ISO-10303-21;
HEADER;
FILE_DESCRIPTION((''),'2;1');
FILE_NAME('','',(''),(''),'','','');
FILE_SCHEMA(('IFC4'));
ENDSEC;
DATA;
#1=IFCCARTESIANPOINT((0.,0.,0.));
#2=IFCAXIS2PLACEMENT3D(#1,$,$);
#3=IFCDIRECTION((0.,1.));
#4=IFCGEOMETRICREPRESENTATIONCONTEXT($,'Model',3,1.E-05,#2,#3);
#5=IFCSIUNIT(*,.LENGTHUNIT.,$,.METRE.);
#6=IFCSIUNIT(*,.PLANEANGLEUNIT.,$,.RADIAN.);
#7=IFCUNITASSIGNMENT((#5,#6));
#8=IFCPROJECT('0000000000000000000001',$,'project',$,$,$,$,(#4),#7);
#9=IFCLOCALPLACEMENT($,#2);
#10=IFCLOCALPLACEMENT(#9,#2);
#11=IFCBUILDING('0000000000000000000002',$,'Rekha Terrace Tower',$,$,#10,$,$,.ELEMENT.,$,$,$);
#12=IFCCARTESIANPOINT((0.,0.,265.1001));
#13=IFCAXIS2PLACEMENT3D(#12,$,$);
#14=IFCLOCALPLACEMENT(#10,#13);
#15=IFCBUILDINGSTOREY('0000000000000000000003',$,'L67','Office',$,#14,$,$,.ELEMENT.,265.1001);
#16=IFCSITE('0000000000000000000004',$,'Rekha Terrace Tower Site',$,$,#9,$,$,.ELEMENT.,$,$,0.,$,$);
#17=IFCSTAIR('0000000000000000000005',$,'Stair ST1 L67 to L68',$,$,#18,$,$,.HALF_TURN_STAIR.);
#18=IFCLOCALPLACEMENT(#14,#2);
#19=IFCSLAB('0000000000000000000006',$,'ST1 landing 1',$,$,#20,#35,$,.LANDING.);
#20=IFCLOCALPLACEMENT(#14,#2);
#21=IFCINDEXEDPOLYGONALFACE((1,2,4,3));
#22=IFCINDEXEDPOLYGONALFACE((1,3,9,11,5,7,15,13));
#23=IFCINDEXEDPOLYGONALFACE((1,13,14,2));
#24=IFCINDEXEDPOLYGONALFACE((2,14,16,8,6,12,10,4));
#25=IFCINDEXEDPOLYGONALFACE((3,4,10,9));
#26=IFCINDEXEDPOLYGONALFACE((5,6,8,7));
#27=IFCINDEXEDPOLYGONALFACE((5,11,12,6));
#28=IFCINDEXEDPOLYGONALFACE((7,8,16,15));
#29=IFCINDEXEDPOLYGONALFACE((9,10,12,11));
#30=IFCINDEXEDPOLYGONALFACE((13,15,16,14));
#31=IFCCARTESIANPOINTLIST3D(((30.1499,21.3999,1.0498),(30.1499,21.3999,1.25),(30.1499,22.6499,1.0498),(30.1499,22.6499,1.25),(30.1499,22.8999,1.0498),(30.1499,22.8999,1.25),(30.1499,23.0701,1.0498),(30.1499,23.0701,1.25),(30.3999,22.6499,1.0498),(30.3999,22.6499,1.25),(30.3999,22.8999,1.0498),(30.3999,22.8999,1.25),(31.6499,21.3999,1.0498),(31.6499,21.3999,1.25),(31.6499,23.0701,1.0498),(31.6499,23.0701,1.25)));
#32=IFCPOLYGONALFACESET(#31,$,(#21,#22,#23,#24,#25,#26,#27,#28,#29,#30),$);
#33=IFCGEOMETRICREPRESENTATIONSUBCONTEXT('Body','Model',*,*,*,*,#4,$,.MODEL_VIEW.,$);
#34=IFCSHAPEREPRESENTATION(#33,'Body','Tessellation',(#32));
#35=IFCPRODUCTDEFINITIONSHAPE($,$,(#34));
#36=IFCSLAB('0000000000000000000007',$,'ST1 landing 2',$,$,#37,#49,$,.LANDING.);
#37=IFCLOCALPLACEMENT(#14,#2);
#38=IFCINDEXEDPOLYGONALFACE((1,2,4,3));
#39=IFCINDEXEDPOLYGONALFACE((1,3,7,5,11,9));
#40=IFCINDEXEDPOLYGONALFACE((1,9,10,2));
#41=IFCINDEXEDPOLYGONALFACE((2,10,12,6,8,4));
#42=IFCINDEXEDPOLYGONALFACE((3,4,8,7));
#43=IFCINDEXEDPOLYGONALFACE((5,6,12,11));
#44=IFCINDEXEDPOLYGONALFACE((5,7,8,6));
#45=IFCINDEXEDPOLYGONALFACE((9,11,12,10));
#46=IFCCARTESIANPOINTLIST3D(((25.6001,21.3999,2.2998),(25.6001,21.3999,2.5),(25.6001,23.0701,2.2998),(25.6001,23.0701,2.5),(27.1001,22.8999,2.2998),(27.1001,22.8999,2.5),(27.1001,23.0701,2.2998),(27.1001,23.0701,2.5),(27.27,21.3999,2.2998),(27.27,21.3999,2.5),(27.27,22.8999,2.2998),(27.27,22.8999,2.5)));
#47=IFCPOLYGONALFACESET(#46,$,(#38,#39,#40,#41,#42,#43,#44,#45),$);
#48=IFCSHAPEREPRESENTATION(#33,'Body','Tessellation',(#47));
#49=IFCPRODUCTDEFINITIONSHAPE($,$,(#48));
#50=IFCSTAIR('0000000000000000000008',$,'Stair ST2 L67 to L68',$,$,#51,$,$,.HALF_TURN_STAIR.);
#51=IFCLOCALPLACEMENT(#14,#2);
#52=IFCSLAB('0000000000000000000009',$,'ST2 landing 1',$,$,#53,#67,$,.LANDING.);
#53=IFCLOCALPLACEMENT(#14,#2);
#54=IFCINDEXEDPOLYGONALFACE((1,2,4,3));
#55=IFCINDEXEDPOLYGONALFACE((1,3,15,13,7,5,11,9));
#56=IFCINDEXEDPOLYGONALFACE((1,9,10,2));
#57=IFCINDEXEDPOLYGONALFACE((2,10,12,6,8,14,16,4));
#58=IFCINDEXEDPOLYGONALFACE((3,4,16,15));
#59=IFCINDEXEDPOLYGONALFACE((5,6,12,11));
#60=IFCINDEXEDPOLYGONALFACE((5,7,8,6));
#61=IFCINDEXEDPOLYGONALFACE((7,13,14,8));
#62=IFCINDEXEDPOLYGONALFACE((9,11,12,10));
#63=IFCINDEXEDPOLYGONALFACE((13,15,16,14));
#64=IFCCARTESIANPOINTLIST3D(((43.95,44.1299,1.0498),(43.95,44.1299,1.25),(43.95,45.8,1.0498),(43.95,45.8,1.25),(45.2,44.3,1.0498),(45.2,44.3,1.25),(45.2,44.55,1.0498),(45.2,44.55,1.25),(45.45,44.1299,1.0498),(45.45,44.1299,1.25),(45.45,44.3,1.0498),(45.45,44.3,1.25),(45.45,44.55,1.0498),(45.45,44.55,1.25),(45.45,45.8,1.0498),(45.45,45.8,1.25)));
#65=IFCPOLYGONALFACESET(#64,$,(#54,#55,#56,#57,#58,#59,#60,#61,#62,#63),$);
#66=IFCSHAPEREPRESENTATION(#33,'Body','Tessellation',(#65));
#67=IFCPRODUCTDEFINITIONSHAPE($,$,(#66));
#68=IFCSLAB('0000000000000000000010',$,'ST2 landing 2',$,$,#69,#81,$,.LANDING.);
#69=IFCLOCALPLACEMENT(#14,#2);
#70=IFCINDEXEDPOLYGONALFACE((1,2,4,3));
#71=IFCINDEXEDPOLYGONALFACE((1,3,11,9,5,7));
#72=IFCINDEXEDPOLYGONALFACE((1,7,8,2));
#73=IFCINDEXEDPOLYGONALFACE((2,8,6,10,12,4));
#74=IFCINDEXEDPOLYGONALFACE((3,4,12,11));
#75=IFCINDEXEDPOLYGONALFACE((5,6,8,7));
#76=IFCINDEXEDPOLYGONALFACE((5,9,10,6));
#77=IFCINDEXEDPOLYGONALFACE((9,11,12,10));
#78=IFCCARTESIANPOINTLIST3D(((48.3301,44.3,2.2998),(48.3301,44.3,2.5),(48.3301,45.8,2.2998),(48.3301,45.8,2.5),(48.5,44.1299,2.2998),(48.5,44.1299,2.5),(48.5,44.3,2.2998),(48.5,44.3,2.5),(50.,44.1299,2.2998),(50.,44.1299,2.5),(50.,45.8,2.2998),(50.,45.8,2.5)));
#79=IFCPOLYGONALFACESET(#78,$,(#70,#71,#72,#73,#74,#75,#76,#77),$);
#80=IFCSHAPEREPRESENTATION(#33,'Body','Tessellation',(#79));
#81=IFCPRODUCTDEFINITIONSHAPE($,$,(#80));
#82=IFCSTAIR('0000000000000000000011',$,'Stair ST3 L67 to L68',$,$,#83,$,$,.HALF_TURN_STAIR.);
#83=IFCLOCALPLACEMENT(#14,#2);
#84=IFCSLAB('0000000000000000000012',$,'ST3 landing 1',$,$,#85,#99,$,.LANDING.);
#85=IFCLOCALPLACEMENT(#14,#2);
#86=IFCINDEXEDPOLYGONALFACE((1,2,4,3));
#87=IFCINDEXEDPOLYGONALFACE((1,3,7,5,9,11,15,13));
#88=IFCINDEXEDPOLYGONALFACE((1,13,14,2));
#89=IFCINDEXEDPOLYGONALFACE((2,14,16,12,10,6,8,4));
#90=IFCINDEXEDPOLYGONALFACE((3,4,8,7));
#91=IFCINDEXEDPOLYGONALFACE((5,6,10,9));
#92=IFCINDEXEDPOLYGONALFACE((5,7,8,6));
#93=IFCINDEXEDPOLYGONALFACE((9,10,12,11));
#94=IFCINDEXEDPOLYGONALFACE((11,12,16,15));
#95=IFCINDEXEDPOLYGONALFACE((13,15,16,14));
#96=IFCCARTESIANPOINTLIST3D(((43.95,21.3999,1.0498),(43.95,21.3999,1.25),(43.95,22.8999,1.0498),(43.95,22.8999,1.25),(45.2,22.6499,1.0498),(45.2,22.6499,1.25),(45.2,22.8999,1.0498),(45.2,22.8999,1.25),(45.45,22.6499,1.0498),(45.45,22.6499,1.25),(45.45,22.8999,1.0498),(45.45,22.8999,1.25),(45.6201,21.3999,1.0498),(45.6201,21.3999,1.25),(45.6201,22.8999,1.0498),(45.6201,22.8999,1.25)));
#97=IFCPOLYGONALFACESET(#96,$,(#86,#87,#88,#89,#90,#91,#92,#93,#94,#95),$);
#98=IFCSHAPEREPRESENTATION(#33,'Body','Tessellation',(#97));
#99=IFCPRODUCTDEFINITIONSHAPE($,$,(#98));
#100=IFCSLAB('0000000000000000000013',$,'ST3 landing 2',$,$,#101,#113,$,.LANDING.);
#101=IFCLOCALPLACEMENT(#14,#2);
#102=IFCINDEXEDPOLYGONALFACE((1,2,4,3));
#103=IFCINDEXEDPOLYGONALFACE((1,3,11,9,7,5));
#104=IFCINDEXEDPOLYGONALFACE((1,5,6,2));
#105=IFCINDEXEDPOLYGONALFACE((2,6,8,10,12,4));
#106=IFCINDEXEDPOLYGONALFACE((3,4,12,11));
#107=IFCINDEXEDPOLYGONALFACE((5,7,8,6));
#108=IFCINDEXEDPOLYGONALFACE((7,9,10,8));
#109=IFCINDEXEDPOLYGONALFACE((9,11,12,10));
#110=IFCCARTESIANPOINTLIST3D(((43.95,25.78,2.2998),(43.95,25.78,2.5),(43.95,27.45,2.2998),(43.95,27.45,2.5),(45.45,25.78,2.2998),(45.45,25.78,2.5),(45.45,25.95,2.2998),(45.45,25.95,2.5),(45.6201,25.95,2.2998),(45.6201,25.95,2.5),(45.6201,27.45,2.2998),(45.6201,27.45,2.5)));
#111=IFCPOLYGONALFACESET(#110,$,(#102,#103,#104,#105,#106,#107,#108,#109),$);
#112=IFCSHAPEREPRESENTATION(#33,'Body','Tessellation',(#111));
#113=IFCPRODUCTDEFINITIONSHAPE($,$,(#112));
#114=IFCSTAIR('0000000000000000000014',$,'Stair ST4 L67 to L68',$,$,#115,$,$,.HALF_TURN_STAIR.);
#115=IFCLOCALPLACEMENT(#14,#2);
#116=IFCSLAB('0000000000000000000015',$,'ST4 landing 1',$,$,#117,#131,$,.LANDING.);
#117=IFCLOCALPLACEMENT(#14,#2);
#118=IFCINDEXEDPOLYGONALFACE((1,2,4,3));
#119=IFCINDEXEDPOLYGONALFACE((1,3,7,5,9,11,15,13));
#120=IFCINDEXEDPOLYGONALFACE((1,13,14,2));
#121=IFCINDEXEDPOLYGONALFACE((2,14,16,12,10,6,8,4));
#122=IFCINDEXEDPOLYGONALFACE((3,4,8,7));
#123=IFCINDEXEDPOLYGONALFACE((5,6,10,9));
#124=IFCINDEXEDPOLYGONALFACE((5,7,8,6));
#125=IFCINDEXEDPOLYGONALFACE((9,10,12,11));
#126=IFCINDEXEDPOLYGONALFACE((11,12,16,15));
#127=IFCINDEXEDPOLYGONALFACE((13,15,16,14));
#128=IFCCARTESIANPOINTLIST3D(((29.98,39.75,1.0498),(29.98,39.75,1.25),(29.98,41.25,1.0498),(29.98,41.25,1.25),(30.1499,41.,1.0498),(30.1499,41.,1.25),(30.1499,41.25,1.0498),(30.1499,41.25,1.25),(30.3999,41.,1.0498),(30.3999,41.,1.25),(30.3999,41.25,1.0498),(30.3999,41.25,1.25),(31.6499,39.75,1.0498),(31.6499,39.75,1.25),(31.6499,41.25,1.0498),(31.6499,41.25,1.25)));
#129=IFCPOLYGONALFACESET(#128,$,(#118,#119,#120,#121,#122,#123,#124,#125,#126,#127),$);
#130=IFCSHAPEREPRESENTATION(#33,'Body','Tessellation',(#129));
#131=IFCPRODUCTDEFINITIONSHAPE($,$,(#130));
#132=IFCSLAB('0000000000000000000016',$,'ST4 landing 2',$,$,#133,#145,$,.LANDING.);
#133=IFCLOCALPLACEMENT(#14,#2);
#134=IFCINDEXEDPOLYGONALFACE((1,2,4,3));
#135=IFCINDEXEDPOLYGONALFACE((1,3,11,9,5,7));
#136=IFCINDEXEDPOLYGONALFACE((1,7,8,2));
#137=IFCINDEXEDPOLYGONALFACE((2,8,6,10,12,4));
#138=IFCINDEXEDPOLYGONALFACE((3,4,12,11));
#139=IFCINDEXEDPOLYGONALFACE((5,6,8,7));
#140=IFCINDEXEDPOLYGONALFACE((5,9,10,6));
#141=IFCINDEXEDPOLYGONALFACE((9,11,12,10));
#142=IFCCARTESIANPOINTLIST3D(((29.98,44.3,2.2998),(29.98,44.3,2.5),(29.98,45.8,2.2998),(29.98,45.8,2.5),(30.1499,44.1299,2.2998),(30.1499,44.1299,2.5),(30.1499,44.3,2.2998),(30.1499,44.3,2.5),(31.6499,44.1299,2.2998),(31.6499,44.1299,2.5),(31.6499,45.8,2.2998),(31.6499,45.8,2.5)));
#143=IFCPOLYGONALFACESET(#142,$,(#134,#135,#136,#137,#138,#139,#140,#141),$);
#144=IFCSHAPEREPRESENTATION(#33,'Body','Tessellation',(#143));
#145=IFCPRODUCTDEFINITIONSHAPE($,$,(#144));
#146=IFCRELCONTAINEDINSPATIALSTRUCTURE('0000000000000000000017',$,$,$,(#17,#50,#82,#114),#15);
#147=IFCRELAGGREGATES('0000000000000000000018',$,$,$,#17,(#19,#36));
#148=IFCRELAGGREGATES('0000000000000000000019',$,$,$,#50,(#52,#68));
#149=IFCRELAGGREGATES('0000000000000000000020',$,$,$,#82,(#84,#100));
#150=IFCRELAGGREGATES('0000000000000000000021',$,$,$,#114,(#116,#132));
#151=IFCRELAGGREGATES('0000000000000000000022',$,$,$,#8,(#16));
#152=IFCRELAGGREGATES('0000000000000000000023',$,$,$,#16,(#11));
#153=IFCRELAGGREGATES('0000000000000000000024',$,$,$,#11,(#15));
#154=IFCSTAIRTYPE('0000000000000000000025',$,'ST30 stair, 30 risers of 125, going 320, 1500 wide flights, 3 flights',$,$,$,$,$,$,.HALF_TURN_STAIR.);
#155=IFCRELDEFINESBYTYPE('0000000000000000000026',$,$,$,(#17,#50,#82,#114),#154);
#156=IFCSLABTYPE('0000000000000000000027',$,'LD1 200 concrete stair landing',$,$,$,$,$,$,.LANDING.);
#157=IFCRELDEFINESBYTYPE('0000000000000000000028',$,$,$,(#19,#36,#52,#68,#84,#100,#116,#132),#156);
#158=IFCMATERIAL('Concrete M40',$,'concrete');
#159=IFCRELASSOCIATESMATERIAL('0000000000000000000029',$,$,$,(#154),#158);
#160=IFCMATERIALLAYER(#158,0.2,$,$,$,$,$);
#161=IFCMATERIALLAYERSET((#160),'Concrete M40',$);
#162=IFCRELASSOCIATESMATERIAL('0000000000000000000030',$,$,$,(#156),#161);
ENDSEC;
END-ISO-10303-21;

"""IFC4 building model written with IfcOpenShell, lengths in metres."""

from ifc_helpers import new_model, si_unit, direction, frame, origin, place, context, subcontext, project, spatial, polyline, outline, extrude, material, layer, layer_set, type_object, element, aggregate, save


model = new_model("IFC4")

# Units and contexts
model_context = context("Model", 3, precision=1e-05, world=origin(), true_north=direction((0.0, 1.0)))
body_context = subcontext(model_context, "Body", "Model", "MODEL_VIEW")
ifc_project = project(units=[si_unit("LENGTHUNIT", "METRE"), si_unit("PLANEANGLEUNIT", "RADIAN")], contexts=[model_context])

# Site, building, storey
site_placement = place(None, origin())
site = spatial("IfcSite", under=ifc_project, at=site_placement, Name="Rekha Terrace Tower Site", CompositionType="ELEMENT", RefElevation=0.0)
building_placement = place(site_placement, origin())
building = spatial("IfcBuilding", under=site, at=building_placement, Name="Rekha Terrace Tower", CompositionType="ELEMENT")
storey_placement = place(building_placement, frame((0.0, 0.0, 265.1001)))
storey = spatial("IfcBuildingStorey", under=building, at=storey_placement, Name="L67", Description="Office", CompositionType="ELEMENT", Elevation=265.1001)

# Stairs, slabs
ifc_material_1 = material(Name="Concrete M40", Category="concrete")
stair_type = type_object("IfcStairType", Name="ST30 stair, 30 risers of 125, going 320, 1500 wide flights, 3 flights", PredefinedType="HALF_TURN_STAIR", material=ifc_material_1)
stair_1_placement = place(storey_placement, origin())
stair_1 = element("IfcStair", 1, at=stair_1_placement, inside=storey, type_object=stair_type, Name="Stair ST1 L67 to L68", PredefinedType="HALF_TURN_STAIR")
ifc_layer_1 = layer(ifc_material_1, 0.2)
ifc_layer_set_1 = layer_set([ifc_layer_1], Name="Concrete M40")
slab_type_1 = type_object("IfcSlabType", Name="LD1 200 concrete stair landing", PredefinedType="LANDING", material=ifc_layer_set_1)
slab_1_placement = place(storey_placement, frame((0.0, 0.0, 1.0498)))
slab_1 = element("IfcSlab", 2, at=slab_1_placement, type_object=slab_type_1, Name="ST1 landing 1", PredefinedType="LANDING", context=body_context, shape_type="SweptSolid", body=[
    extrude(outline(polyline([(30.1499, 21.3999), (31.6499, 21.3999), (31.6499, 23.0701), (30.1499, 23.0701), (30.1499, 22.8999), (30.3999, 22.8999), (30.3999, 22.6499), (30.1499, 22.6499), (30.1499, 21.3999)])), origin(), (0.0, 0.0, 1.0), 0.2002),
])
slab_2_placement = place(storey_placement, frame((0.0, 0.0, 2.2998)))
slab_2 = element("IfcSlab", 3, at=slab_2_placement, type_object=slab_type_1, Name="ST1 landing 2", PredefinedType="LANDING", context=body_context, shape_type="SweptSolid", body=[
    extrude(outline(polyline([(27.1001, 23.0701), (25.6001, 23.0701), (25.6001, 21.3999), (27.27, 21.3999), (27.27, 22.8999), (27.1001, 22.8999), (27.1001, 23.0701)])), origin(), (0.0, 0.0, 1.0), 0.2002),
])
aggregate(stair_1, [slab_1, slab_2])
stair_2_placement = place(storey_placement, origin())
stair_2 = element("IfcStair", 4, at=stair_2_placement, inside=storey, type_object=stair_type, Name="Stair ST2 L67 to L68", PredefinedType="HALF_TURN_STAIR")
slab_3_placement = place(storey_placement, frame((0.0, 0.0, 1.0498)))
slab_3 = element("IfcSlab", 5, at=slab_3_placement, type_object=slab_type_1, Name="ST2 landing 1", PredefinedType="LANDING", context=body_context, shape_type="SweptSolid", body=[
    extrude(outline(polyline([(45.45, 45.8), (43.95, 45.8), (43.95, 44.1299), (45.45, 44.1299), (45.45, 44.3), (45.2, 44.3), (45.2, 44.55), (45.45, 44.55), (45.45, 45.8)])), origin(), (0.0, 0.0, 1.0), 0.2002),
])
slab_4_placement = place(storey_placement, frame((0.0, 0.0, 2.2998)))
slab_4 = element("IfcSlab", 6, at=slab_4_placement, type_object=slab_type_1, Name="ST2 landing 2", PredefinedType="LANDING", context=body_context, shape_type="SweptSolid", body=[
    extrude(outline(polyline([(48.5, 44.1299), (50.0, 44.1299), (50.0, 45.8), (48.3301, 45.8), (48.3301, 44.3), (48.5, 44.3), (48.5, 44.1299)])), origin(), (0.0, 0.0, 1.0), 0.2002),
])
aggregate(stair_2, [slab_3, slab_4])
stair_3_placement = place(storey_placement, origin())
stair_3 = element("IfcStair", 7, at=stair_3_placement, inside=storey, type_object=stair_type, Name="Stair ST3 L67 to L68", PredefinedType="HALF_TURN_STAIR")
slab_5_placement = place(storey_placement, frame((0.0, 0.0, 1.0498)))
slab_5 = element("IfcSlab", 8, at=slab_5_placement, type_object=slab_type_1, Name="ST3 landing 1", PredefinedType="LANDING", context=body_context, shape_type="SweptSolid", body=[
    extrude(outline(polyline([(43.95, 22.8999), (43.95, 21.3999), (45.6201, 21.3999), (45.6201, 22.8999), (45.45, 22.8999), (45.45, 22.6499), (45.2, 22.6499), (45.2, 22.8999), (43.95, 22.8999)])), origin(), (0.0, 0.0, 1.0), 0.2002),
])
slab_6_placement = place(storey_placement, frame((0.0, 0.0, 2.2998)))
slab_6 = element("IfcSlab", 9, at=slab_6_placement, type_object=slab_type_1, Name="ST3 landing 2", PredefinedType="LANDING", context=body_context, shape_type="SweptSolid", body=[
    extrude(outline(polyline([(45.6201, 25.95), (45.6201, 27.45), (43.95, 27.45), (43.95, 25.78), (45.45, 25.78), (45.45, 25.95), (45.6201, 25.95)])), origin(), (0.0, 0.0, 1.0), 0.2002),
])
aggregate(stair_3, [slab_5, slab_6])
stair_4_placement = place(storey_placement, origin())
stair_4 = element("IfcStair", 10, at=stair_4_placement, inside=storey, type_object=stair_type, Name="Stair ST4 L67 to L68", PredefinedType="HALF_TURN_STAIR")
slab_7_placement = place(storey_placement, frame((0.0, 0.0, 1.0498)))
slab_7 = element("IfcSlab", 11, at=slab_7_placement, type_object=slab_type_1, Name="ST4 landing 1", PredefinedType="LANDING", context=body_context, shape_type="SweptSolid", body=[
    extrude(outline(polyline([(31.6499, 41.25), (31.6499, 39.75), (29.98, 39.75), (29.98, 41.25), (30.1499, 41.25), (30.1499, 41.0), (30.3999, 41.0), (30.3999, 41.25), (31.6499, 41.25)])), origin(), (0.0, 0.0, 1.0), 0.2002),
])
slab_8_placement = place(storey_placement, frame((0.0, 0.0, 2.2998)))
slab_8 = element("IfcSlab", 12, at=slab_8_placement, type_object=slab_type_1, Name="ST4 landing 2", PredefinedType="LANDING", context=body_context, shape_type="SweptSolid", body=[
    extrude(outline(polyline([(29.98, 44.3), (29.98, 45.8), (31.6499, 45.8), (31.6499, 44.1299), (30.1499, 44.1299), (30.1499, 44.3), (29.98, 44.3)])), origin(), (0.0, 0.0, 1.0), 0.2002),
])
aggregate(stair_4, [slab_7, slab_8])

save(model, "model.ifc")
